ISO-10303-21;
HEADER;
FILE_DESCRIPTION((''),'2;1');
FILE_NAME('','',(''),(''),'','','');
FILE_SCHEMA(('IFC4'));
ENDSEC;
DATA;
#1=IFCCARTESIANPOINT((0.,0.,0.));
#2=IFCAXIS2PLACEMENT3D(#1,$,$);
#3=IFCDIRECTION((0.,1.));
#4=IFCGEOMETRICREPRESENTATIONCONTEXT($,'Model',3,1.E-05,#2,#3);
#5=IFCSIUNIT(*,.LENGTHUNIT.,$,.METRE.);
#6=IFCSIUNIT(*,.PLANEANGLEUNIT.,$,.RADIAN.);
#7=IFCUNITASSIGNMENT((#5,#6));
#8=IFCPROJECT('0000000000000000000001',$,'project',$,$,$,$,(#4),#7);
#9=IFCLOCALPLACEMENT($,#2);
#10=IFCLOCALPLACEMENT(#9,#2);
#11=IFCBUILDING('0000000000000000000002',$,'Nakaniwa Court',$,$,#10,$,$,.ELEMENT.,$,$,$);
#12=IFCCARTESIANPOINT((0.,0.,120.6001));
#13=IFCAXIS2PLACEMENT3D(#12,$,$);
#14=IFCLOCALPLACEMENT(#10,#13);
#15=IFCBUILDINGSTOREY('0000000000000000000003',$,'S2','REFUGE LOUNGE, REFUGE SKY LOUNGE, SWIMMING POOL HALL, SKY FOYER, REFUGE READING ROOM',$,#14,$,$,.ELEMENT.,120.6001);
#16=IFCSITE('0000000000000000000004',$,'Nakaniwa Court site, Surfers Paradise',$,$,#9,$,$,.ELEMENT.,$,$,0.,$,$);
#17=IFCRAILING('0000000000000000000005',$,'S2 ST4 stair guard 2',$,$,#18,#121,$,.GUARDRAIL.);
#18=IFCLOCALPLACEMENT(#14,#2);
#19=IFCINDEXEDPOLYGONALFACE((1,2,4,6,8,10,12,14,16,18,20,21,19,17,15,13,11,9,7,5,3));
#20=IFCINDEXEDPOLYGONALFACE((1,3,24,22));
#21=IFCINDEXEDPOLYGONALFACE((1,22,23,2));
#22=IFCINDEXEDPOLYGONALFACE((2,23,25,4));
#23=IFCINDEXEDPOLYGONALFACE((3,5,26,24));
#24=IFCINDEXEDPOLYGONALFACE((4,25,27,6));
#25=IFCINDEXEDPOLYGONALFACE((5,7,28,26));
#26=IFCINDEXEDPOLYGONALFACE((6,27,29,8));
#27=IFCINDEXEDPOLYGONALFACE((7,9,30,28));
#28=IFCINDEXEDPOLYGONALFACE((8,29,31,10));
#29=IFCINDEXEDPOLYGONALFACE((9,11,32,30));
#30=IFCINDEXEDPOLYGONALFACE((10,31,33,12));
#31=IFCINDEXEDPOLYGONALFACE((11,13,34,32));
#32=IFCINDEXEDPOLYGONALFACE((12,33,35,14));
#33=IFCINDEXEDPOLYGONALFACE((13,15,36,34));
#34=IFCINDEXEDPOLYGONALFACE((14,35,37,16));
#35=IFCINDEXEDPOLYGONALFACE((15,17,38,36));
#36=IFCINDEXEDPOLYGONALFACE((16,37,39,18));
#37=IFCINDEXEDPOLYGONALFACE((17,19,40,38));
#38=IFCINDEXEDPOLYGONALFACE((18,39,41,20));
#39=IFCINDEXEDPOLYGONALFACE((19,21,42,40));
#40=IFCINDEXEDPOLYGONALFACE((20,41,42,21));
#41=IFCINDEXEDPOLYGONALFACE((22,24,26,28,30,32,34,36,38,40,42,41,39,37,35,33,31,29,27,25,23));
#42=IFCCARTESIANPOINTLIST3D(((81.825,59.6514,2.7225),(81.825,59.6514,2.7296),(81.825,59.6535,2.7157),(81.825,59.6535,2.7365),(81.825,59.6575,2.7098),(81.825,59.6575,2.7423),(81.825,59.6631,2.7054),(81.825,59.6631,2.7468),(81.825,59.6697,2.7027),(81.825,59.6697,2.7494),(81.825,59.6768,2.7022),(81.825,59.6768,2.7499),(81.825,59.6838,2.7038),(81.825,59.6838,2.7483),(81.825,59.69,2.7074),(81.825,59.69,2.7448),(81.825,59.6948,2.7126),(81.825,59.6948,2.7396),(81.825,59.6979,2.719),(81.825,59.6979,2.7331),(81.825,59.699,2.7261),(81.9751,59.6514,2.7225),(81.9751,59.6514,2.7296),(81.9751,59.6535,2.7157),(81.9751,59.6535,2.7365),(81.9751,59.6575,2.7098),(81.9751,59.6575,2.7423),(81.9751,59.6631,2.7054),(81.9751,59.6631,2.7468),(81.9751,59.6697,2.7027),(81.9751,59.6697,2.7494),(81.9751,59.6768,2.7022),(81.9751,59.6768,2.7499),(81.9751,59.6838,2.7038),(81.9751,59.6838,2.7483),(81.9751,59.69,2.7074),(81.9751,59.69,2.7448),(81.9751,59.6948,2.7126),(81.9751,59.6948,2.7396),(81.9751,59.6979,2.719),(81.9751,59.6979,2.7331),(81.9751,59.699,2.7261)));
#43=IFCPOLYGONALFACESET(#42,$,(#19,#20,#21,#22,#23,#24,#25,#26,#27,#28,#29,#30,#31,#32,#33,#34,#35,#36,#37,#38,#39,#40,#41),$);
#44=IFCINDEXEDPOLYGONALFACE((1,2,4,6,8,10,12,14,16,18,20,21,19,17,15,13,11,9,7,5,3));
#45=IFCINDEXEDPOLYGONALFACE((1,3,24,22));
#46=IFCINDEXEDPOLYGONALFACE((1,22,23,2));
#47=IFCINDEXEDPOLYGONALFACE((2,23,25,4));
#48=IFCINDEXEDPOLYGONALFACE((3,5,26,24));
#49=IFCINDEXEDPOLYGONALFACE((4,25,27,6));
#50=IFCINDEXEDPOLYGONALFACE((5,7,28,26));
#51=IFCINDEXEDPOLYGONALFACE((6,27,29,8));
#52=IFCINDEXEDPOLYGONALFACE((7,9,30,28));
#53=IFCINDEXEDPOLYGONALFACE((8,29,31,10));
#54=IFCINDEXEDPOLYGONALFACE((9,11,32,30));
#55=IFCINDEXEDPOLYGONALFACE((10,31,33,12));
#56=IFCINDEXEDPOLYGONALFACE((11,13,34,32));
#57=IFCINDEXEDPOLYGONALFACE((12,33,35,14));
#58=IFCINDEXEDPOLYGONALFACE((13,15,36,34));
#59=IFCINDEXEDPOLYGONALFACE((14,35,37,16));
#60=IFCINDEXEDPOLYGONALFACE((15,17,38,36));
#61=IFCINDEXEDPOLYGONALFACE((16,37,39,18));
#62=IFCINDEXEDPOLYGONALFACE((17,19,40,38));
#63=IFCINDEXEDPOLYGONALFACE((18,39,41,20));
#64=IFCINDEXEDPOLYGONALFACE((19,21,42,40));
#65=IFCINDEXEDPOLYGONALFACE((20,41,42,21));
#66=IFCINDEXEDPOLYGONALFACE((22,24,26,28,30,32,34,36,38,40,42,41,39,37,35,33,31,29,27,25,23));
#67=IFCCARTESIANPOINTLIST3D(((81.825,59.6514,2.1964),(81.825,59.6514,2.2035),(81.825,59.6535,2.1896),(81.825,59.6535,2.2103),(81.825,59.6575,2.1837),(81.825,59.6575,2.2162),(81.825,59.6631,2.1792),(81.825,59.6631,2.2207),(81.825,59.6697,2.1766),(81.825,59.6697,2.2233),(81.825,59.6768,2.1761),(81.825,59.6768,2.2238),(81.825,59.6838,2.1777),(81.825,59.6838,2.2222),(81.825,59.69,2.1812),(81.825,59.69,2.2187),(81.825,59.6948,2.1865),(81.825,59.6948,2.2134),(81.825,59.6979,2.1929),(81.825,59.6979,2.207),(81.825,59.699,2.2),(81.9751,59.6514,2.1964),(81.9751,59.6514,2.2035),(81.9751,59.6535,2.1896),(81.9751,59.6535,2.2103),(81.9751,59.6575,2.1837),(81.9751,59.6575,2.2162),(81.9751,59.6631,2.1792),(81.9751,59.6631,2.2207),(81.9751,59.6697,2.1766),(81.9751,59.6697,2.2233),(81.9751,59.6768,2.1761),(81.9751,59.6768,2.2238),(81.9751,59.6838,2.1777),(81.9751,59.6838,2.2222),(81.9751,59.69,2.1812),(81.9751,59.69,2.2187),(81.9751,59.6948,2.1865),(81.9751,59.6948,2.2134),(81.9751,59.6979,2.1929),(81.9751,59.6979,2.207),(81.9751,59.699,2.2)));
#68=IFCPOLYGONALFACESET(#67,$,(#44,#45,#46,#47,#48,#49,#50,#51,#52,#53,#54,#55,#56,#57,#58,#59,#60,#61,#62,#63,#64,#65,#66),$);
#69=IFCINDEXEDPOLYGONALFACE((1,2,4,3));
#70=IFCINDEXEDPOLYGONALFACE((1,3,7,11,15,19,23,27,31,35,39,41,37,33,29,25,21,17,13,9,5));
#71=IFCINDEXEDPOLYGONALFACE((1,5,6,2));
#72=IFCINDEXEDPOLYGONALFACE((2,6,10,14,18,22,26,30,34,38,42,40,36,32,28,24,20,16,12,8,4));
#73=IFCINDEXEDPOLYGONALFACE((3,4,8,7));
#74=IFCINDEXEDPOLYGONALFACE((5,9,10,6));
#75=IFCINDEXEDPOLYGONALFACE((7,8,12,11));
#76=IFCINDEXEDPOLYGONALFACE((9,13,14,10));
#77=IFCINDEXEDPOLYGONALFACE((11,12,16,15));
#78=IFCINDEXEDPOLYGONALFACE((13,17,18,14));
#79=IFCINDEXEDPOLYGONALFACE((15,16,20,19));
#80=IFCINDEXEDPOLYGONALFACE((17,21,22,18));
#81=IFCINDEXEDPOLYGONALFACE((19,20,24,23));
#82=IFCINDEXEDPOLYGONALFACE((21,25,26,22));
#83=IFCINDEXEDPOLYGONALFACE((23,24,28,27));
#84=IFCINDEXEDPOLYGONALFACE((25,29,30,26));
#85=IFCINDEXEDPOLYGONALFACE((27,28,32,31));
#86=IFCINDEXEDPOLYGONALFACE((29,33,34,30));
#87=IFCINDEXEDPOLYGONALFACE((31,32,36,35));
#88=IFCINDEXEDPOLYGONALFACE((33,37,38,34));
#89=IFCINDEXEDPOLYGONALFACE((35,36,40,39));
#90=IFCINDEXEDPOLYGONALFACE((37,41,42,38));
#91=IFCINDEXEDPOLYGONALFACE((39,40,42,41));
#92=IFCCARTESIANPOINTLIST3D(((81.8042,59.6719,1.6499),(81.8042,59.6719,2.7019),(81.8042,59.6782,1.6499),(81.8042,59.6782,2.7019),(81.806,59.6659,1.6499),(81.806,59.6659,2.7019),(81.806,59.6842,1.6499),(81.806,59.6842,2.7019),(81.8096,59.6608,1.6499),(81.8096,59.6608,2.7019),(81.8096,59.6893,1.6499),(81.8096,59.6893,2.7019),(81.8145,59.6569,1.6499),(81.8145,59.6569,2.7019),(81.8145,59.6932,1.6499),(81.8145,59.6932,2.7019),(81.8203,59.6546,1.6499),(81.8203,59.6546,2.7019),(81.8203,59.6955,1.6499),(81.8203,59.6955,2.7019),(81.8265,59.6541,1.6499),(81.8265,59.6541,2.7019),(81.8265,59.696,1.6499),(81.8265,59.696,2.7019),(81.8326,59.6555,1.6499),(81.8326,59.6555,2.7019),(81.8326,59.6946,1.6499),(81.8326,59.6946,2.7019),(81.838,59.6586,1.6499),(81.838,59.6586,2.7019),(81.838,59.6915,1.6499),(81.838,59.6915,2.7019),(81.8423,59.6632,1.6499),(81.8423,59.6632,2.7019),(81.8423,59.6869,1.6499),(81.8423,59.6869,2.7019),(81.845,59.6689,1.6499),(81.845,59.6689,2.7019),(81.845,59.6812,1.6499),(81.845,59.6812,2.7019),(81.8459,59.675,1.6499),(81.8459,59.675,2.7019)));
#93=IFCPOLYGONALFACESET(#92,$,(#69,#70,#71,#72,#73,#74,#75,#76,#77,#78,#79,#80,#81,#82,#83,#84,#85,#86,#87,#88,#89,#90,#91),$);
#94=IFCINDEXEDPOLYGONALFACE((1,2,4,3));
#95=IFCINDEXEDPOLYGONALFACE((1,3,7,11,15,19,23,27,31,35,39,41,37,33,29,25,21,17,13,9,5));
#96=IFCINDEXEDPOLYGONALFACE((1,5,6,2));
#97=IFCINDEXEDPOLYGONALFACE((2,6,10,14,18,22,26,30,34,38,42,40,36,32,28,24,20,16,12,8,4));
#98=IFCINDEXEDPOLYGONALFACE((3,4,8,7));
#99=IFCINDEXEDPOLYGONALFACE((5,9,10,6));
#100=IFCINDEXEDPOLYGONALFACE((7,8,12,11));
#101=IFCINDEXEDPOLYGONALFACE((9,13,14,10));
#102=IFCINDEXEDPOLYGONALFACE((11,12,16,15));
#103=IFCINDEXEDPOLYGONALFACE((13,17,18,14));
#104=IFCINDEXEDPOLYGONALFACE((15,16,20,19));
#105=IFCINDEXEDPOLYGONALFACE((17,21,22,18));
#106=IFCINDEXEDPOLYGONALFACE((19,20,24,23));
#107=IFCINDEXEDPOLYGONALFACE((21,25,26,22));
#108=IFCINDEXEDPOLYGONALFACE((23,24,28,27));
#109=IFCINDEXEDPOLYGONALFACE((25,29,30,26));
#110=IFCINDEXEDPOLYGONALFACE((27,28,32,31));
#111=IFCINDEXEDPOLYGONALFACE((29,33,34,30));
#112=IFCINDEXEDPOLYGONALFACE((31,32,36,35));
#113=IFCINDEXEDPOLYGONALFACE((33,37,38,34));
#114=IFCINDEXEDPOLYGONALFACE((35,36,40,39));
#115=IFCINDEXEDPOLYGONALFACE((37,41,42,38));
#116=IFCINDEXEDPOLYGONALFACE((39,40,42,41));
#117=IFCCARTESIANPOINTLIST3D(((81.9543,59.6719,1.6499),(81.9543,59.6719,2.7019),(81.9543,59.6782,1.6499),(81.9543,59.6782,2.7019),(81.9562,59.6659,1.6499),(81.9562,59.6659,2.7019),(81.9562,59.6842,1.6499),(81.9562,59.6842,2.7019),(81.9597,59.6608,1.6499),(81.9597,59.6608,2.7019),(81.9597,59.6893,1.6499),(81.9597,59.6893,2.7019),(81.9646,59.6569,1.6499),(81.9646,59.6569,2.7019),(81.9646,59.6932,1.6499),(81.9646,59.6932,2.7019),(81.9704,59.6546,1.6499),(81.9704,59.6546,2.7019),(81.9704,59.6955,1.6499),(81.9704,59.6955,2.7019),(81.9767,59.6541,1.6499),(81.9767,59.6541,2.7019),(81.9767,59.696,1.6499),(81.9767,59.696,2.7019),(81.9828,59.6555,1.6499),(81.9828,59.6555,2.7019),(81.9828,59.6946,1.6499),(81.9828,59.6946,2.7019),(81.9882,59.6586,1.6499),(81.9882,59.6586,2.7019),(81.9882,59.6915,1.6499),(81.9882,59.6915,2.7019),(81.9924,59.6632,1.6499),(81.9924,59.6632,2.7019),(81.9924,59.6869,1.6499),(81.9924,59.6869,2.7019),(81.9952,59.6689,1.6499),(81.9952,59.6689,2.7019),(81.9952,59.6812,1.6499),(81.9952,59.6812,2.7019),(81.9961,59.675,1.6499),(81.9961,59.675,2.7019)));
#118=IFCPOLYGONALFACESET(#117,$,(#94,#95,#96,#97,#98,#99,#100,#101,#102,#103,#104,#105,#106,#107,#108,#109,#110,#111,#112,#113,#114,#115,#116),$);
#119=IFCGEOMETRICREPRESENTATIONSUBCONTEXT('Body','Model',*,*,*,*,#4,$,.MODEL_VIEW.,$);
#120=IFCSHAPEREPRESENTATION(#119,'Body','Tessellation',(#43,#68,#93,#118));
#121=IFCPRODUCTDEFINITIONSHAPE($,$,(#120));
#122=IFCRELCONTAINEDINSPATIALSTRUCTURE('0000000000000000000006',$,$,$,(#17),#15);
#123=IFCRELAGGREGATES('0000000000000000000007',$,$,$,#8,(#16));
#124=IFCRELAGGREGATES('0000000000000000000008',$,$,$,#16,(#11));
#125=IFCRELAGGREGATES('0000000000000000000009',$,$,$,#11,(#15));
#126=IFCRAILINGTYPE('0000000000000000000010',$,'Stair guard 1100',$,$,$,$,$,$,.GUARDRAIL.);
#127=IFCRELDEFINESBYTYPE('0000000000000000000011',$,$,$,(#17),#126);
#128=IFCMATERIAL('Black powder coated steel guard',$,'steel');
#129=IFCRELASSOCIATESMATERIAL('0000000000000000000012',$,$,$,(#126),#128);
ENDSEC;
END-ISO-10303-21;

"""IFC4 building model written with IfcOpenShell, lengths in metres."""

from ifc_helpers import new_model, si_unit, direction, frame, origin, origin_2d, place, context, subcontext, project, spatial, circle, extrude, material, type_object, element, save


model = new_model("IFC4")

# Units and contexts
model_context = context("Model", 3, precision=1e-05, world=origin(), true_north=direction((0.0, 1.0)))
body_context = subcontext(model_context, "Body", "Model", "MODEL_VIEW")
ifc_project = project(units=[si_unit("LENGTHUNIT", "METRE"), si_unit("PLANEANGLEUNIT", "RADIAN")], contexts=[model_context])

# Site, building, storey
site_placement = place(None, origin())
site = spatial("IfcSite", under=ifc_project, at=site_placement, Name="Nakaniwa Court site, Surfers Paradise", CompositionType="ELEMENT", RefElevation=0.0)
building_placement = place(site_placement, origin())
building = spatial("IfcBuilding", under=site, at=building_placement, Name="Nakaniwa Court", CompositionType="ELEMENT")
storey_placement = place(building_placement, frame((0.0, 0.0, 120.6001)))
storey = spatial("IfcBuildingStorey", under=building, at=storey_placement, Name="S2", Description="REFUGE LOUNGE, REFUGE SKY LOUNGE, SWIMMING POOL HALL, SKY FOYER, REFUGE READING ROOM", CompositionType="ELEMENT", Elevation=120.6001)

# Railing
ifc_material_1 = material(Name="Black powder coated steel guard", Category="steel")
railing_type_1 = type_object("IfcRailingType", Name="Stair guard 1100", PredefinedType="GUARDRAIL", material=ifc_material_1)
railing_1_placement = place(storey_placement, frame((81.825, 59.675, 1.6499)))
element("IfcRailing", 1, at=railing_1_placement, inside=storey, type_object=railing_type_1, Name="S2 ST4 stair guard 2", PredefinedType="GUARDRAIL", context=body_context, shape_type="SweptSolid", body=[
    extrude(circle(Radius=0.0239, at=origin_2d()), frame((0.0, 0.0, 1.0762), z_axis=(1.0, 0.0, 0.0), x_axis=(0.0, 1.0, 0.0)), (0.0, 0.0, 1.0), 0.1501),
    extrude(circle(Radius=0.0239, at=origin_2d()), frame((0.0, 0.0, 0.55), z_axis=(1.0, 0.0, 0.0), x_axis=(0.0, 1.0, 0.0)), (0.0, 0.0, 1.0), 0.1501),
    extrude(circle(Radius=0.021, at=origin_2d()), origin(), (0.0, 0.0, 1.0), 1.052),
    extrude(circle(Radius=0.021, at=origin_2d()), frame((0.1501, 0.0, 0.0)), (0.0, 0.0, 1.0), 1.052),
])

save(model, "model.ifc")
